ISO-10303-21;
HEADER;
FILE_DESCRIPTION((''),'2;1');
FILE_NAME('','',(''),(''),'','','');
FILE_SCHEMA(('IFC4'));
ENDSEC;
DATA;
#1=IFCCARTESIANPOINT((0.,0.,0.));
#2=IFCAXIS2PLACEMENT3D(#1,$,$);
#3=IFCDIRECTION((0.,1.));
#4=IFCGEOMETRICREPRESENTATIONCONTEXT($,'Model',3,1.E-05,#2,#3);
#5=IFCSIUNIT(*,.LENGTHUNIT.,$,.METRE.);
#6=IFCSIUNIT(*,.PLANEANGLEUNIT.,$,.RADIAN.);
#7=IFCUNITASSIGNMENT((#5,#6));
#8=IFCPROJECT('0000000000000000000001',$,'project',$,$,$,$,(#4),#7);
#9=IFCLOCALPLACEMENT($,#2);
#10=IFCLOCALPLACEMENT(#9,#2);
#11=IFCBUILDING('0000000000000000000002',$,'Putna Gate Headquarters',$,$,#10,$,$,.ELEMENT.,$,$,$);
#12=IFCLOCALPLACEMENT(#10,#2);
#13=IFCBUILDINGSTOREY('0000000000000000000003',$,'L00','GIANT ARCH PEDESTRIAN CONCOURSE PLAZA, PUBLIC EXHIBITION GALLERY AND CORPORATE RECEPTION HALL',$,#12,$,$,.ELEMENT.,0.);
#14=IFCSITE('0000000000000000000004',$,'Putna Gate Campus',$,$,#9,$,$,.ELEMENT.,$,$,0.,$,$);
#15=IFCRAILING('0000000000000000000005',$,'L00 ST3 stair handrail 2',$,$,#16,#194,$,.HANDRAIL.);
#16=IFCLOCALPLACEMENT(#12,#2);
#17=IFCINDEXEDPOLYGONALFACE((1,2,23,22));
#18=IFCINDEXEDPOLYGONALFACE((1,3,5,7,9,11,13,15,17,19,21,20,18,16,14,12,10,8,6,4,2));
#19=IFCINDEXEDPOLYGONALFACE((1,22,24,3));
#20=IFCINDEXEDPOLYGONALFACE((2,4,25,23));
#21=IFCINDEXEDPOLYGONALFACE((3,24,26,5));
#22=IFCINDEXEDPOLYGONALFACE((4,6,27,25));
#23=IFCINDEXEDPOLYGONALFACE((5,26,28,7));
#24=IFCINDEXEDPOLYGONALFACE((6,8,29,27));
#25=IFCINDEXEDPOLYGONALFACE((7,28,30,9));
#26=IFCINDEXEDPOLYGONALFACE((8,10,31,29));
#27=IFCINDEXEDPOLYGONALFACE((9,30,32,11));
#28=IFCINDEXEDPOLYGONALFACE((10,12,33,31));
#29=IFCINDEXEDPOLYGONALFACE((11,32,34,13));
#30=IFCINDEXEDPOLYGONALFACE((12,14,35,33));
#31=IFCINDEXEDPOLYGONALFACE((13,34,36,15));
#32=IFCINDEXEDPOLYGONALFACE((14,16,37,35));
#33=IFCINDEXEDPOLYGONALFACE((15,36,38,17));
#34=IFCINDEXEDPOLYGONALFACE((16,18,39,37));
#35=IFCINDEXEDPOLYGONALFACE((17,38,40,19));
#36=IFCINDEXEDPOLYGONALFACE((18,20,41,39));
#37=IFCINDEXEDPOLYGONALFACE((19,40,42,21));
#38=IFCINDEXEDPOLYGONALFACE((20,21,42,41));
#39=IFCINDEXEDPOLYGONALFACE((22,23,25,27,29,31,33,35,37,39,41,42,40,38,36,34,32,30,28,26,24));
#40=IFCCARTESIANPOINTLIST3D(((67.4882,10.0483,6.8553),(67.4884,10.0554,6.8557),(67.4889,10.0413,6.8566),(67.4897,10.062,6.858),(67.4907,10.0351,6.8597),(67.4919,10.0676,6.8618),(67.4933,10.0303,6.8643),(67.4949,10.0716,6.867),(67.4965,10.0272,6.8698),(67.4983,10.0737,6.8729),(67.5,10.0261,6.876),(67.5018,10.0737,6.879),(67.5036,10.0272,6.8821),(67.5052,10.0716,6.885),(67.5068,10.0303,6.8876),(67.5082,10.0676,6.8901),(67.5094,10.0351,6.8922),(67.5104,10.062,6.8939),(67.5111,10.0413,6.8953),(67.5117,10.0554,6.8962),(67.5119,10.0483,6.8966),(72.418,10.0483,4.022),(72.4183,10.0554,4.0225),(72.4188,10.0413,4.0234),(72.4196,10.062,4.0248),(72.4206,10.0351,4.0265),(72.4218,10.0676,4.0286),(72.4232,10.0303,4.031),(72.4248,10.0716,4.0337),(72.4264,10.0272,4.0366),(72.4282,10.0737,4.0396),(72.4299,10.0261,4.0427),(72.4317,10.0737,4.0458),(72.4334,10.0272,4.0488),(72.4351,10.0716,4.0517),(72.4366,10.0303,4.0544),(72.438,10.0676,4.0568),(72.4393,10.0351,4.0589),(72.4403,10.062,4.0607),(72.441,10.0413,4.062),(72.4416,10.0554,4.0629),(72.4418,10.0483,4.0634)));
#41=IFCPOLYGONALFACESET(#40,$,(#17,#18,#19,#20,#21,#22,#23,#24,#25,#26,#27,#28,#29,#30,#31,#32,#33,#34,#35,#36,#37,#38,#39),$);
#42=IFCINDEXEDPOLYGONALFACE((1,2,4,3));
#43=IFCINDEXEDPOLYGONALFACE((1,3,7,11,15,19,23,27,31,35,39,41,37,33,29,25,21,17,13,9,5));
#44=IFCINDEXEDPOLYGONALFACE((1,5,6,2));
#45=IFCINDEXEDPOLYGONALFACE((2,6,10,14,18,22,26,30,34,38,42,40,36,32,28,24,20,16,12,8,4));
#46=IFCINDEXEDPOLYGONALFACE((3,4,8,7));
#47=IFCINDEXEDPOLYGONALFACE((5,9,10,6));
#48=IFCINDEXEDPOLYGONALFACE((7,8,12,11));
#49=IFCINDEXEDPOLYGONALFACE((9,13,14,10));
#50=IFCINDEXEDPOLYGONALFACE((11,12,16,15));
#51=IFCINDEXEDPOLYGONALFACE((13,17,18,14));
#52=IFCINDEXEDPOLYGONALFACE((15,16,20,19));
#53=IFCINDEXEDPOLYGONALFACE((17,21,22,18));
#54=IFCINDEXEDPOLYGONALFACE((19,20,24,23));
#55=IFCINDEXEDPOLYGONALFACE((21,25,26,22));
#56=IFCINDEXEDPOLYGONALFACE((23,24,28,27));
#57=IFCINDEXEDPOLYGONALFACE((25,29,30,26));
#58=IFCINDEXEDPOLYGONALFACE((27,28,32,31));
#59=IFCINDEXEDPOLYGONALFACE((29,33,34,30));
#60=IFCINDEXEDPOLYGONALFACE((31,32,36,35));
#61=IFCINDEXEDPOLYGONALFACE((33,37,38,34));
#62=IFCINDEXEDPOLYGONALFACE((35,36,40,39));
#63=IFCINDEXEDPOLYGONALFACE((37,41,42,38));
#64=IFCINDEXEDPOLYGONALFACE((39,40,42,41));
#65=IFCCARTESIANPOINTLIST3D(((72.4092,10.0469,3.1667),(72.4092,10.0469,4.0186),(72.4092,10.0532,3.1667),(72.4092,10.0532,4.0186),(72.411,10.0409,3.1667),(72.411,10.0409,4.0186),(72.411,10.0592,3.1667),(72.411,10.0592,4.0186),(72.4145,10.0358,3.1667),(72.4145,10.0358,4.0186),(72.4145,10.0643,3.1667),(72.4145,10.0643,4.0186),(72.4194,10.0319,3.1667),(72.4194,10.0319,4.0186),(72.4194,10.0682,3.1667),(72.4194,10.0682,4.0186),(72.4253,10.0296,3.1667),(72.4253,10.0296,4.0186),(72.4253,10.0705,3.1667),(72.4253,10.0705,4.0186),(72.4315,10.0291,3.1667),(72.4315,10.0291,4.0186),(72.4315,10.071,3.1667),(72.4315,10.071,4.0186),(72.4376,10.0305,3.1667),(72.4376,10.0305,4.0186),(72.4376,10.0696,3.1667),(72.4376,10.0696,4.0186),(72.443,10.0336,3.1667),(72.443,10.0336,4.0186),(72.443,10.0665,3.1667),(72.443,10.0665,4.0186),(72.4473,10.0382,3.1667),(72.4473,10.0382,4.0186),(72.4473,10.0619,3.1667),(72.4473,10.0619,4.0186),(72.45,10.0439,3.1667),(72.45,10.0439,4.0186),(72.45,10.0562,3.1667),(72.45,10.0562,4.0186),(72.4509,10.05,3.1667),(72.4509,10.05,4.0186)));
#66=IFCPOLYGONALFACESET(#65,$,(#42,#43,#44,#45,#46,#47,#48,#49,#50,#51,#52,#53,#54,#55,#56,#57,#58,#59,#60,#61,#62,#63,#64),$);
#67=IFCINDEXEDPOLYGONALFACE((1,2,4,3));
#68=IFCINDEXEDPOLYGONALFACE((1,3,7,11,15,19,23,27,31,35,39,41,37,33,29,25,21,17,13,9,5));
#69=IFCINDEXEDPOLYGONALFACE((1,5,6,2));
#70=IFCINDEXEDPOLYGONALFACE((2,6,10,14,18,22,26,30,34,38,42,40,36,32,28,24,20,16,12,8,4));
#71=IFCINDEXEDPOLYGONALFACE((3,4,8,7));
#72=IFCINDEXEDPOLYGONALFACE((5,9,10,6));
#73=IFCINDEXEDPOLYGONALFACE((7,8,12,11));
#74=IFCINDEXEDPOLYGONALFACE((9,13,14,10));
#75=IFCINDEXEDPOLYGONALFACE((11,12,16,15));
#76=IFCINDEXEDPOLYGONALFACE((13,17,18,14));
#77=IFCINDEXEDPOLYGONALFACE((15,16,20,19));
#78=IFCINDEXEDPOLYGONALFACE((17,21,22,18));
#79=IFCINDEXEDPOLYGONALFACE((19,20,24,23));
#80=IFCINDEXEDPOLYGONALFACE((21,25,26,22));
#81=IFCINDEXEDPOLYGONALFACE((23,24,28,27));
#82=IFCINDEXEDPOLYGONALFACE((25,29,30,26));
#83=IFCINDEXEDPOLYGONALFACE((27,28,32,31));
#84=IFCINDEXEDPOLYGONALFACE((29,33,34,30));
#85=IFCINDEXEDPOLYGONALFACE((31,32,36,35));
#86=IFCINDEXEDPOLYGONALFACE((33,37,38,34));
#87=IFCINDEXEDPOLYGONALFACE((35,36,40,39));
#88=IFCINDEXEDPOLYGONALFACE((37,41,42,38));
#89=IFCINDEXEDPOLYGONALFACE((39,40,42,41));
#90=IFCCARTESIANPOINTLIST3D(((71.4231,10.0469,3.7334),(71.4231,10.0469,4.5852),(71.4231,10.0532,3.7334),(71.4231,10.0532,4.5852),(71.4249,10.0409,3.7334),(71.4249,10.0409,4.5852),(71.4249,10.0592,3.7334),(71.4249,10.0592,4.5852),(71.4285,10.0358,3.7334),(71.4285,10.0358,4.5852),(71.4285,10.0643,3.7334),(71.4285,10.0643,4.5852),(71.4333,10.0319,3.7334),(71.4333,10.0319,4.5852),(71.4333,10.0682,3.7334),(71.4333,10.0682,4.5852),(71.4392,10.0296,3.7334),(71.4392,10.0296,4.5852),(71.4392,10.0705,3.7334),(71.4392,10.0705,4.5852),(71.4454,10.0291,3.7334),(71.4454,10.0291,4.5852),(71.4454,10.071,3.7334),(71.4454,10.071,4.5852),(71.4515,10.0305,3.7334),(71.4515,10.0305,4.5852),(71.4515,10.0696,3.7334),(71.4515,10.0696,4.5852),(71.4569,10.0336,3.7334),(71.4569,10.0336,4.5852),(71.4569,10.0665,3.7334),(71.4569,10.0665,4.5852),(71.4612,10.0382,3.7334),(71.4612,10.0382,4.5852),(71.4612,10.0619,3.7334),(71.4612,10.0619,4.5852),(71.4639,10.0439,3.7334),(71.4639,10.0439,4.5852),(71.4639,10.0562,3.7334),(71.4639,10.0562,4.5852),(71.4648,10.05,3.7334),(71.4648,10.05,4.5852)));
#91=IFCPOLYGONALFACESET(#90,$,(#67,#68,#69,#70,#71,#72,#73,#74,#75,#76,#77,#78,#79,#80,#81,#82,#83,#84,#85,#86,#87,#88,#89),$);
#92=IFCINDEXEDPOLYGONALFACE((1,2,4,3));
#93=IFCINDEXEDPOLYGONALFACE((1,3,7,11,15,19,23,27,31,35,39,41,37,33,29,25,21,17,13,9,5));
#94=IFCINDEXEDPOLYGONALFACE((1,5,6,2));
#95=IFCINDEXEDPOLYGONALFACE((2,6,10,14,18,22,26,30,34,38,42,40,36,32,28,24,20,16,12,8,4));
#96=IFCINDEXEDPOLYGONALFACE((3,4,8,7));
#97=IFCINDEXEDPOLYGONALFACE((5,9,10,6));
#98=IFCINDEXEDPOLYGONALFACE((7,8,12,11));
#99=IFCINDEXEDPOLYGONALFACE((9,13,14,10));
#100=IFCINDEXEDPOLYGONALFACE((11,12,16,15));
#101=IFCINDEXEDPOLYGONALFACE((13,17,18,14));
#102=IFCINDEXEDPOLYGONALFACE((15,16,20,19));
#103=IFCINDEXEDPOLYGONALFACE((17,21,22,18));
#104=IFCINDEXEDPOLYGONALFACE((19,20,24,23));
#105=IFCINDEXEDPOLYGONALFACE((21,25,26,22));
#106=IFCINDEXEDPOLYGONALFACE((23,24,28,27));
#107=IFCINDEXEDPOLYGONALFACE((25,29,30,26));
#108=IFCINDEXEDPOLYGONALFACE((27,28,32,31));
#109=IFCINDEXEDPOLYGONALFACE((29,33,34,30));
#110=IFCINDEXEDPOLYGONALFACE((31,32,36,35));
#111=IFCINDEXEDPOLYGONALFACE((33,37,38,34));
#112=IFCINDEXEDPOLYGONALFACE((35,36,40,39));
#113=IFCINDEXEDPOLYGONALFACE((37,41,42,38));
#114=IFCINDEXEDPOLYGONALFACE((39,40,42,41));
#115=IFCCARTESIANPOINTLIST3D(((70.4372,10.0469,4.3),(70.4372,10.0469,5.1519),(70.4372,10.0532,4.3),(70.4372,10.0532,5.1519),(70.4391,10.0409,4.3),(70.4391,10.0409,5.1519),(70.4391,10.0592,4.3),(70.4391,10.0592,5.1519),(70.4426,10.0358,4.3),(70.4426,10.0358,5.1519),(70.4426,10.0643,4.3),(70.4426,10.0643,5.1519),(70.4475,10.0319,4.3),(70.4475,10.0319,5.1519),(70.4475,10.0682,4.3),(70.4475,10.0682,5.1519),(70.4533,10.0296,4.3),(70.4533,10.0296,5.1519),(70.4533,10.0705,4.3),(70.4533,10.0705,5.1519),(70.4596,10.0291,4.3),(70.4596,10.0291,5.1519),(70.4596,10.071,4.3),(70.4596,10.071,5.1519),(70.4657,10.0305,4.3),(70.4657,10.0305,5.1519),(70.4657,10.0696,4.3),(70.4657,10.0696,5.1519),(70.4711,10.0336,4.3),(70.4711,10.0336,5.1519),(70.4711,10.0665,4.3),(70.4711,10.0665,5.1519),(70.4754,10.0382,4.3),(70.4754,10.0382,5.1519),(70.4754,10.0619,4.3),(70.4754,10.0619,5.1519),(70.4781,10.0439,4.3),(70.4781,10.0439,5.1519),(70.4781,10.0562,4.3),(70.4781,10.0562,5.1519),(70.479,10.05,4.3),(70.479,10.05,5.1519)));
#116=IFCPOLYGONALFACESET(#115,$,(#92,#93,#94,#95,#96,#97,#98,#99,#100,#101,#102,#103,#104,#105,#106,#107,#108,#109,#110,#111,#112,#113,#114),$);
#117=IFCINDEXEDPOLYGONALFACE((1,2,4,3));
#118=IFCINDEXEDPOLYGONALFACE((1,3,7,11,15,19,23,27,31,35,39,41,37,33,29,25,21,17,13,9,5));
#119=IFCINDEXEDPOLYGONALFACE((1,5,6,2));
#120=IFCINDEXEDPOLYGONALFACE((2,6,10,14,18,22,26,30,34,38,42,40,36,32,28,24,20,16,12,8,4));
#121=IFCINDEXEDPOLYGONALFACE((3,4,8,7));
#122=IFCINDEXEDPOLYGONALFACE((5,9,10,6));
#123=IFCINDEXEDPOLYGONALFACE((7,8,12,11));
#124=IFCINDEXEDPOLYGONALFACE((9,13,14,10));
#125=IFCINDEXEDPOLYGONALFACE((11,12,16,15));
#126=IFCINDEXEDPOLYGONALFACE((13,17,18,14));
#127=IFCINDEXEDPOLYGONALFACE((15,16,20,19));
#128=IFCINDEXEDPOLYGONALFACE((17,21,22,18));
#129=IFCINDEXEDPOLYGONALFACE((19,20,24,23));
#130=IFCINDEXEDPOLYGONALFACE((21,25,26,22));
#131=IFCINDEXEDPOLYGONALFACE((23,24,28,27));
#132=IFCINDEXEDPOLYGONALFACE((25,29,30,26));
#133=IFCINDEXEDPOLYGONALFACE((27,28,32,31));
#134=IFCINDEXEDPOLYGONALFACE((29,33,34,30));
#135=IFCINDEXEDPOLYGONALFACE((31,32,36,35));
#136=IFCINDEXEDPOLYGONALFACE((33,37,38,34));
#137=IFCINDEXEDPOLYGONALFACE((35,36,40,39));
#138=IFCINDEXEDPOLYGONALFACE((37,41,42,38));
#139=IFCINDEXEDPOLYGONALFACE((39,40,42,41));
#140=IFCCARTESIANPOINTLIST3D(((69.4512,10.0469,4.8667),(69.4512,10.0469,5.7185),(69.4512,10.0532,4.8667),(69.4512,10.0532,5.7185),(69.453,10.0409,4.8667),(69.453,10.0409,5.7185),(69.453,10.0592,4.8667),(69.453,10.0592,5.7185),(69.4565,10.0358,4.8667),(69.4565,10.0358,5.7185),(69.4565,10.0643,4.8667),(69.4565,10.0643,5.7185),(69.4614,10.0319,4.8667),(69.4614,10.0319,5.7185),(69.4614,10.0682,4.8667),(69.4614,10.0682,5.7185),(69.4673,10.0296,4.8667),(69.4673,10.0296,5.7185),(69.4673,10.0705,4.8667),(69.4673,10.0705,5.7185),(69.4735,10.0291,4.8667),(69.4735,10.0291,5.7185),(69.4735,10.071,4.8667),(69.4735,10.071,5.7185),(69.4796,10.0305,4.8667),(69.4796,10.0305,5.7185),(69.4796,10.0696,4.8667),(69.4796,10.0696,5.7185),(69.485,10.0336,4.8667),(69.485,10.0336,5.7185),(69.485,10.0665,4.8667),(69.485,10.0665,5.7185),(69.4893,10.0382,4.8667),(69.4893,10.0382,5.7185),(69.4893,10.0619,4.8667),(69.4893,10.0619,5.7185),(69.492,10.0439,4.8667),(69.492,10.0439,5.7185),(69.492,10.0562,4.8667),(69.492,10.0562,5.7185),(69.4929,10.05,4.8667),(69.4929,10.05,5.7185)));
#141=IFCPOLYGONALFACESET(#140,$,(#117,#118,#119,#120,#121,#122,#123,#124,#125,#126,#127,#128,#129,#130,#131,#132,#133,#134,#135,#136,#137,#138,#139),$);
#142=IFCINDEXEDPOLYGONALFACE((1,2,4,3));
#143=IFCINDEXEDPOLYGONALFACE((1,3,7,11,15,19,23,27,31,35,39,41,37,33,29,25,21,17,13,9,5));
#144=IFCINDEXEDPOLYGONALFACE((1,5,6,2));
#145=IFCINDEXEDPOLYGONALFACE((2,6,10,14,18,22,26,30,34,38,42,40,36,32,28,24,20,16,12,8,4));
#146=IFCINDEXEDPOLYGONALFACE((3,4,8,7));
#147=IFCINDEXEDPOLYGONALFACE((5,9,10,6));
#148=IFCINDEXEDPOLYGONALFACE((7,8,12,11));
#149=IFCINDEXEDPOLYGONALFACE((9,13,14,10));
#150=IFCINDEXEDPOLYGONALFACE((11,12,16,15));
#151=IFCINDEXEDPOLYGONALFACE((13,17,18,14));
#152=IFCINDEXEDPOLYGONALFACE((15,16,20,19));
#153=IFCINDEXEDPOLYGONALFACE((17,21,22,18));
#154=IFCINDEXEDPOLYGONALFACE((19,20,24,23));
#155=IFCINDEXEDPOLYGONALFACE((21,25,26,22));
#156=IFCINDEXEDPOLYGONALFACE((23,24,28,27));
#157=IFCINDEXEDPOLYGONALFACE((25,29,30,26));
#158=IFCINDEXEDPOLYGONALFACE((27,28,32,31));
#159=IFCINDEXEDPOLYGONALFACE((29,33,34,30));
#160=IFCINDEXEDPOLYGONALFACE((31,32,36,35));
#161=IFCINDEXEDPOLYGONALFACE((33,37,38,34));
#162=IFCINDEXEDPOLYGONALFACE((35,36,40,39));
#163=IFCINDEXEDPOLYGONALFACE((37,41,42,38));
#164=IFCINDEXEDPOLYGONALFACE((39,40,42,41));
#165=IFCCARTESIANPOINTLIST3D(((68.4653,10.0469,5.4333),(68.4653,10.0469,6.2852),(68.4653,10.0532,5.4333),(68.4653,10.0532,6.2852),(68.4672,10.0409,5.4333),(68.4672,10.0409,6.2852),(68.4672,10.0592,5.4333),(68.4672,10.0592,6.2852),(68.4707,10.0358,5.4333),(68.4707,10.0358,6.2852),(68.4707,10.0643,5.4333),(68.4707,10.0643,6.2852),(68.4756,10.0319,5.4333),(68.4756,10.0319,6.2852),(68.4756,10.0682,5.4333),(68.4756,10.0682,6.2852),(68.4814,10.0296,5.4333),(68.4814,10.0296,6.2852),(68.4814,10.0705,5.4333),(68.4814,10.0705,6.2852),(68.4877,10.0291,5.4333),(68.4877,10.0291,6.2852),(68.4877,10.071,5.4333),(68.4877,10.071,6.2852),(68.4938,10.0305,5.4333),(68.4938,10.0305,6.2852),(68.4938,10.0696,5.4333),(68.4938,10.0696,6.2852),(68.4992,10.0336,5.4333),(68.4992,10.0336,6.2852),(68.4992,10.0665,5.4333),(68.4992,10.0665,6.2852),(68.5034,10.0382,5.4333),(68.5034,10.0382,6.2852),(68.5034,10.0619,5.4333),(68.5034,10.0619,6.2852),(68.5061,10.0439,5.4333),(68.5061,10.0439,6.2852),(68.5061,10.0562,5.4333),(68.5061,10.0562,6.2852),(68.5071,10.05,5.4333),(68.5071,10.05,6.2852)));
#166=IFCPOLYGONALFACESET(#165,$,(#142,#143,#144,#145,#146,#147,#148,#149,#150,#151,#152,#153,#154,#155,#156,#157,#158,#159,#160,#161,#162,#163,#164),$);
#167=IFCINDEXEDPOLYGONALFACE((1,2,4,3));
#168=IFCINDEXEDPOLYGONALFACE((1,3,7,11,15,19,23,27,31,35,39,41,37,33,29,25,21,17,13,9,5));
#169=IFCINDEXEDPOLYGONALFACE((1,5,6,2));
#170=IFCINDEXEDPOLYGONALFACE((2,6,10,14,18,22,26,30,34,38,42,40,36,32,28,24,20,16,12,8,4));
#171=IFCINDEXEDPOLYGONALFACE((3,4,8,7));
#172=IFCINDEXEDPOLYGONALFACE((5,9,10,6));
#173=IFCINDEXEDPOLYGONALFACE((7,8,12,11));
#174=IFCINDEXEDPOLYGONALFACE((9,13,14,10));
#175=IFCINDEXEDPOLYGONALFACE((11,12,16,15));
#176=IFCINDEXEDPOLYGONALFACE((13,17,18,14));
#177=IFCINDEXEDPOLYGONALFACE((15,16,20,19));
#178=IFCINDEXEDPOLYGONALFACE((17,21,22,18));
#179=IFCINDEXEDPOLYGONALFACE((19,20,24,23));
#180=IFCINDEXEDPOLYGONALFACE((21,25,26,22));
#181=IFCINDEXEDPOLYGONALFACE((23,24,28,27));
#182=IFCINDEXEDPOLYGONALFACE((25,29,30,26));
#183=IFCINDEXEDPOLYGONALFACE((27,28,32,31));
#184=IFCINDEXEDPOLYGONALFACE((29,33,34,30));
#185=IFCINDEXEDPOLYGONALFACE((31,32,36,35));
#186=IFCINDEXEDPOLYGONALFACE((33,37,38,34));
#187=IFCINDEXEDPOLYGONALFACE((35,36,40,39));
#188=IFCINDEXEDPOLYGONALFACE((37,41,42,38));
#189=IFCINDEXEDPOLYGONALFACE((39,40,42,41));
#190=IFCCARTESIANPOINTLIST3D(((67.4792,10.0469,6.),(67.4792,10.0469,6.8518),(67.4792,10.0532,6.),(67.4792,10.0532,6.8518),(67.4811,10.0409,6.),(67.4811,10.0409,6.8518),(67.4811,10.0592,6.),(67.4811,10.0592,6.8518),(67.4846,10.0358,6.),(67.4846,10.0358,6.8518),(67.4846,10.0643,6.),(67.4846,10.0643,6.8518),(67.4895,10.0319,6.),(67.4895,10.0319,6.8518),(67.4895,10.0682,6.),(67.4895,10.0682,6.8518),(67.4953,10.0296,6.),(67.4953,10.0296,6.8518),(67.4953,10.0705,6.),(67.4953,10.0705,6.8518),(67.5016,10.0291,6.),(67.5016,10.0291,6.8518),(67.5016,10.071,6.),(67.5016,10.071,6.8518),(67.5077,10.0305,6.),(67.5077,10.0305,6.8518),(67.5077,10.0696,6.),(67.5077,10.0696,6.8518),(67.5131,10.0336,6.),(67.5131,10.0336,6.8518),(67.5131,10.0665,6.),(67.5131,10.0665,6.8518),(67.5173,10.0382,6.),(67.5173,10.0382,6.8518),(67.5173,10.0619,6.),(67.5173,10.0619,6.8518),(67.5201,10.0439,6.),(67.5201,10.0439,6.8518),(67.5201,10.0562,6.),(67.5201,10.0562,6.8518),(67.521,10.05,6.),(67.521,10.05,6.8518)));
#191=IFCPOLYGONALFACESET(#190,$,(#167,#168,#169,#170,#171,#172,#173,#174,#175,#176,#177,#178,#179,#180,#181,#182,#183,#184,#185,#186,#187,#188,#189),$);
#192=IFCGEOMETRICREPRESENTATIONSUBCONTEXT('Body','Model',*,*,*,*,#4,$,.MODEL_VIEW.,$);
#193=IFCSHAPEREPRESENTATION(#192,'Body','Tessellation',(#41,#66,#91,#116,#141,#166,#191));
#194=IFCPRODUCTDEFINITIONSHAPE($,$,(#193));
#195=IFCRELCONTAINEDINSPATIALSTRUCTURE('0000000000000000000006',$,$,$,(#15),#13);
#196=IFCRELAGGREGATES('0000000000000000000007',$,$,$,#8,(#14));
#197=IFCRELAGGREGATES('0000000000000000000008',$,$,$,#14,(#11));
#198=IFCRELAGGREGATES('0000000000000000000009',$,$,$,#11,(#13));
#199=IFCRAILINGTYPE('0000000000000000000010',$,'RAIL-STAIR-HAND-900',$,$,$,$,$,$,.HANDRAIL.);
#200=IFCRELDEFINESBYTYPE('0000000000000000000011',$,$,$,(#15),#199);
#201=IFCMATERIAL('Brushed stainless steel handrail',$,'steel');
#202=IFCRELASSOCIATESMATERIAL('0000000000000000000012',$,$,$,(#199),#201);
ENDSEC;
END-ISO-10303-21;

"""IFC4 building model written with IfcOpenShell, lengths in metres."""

from ifc_helpers import new_model, si_unit, direction, frame, origin, origin_2d, place, context, subcontext, project, spatial, circle, extrude, material, type_object, element, save


model = new_model("IFC4")

# Units and contexts
model_context = context("Model", 3, precision=1e-05, world=origin(), true_north=direction((0.0, 1.0)))
body_context = subcontext(model_context, "Body", "Model", "MODEL_VIEW")
ifc_project = project(units=[si_unit("LENGTHUNIT", "METRE"), si_unit("PLANEANGLEUNIT", "RADIAN")], contexts=[model_context])

# Site, building, storey
site_placement = place(None, origin())
site = spatial("IfcSite", under=ifc_project, at=site_placement, Name="Putna Gate Campus", CompositionType="ELEMENT", RefElevation=0.0)
building_placement = place(site_placement, origin())
building = spatial("IfcBuilding", under=site, at=building_placement, Name="Putna Gate Headquarters", CompositionType="ELEMENT")
storey_placement = place(building_placement, origin())
storey = spatial("IfcBuildingStorey", under=building, at=storey_placement, Name="L00", Description="GIANT ARCH PEDESTRIAN CONCOURSE PLAZA, PUBLIC EXHIBITION GALLERY AND CORPORATE RECEPTION HALL", CompositionType="ELEMENT", Elevation=0.0)

# Railing
ifc_material_1 = material(Name="Brushed stainless steel handrail", Category="steel")
railing_type_1 = type_object("IfcRailingType", Name="RAIL-STAIR-HAND-900", PredefinedType="HANDRAIL", material=ifc_material_1)
railing_1_placement = place(storey_placement, frame((72.4299, 10.05, 3.1667)))
element("IfcRailing", 1, at=railing_1_placement, inside=storey, type_object=railing_type_1, Name="L00 ST3 stair handrail 2", PredefinedType="HANDRAIL", context=body_context, shape_type="SweptSolid", body=[
    extrude(circle(Radius=0.0239, at=origin_2d()), frame((0.0, 0.0, 0.876), z_axis=(-0.867017, 0.0, 0.498278), x_axis=(0.0, -1.0, 0.0)), (0.0, 0.0, 1.0), 5.686),
    extrude(circle(Radius=0.021, at=origin_2d()), origin(), (0.0, 0.0, 1.0), 0.8518),
    extrude(circle(Radius=0.021, at=origin_2d()), frame((-0.9861, 0.0, 0.5667)), (0.0, 0.0, 1.0), 0.8518),
    extrude(circle(Radius=0.021, at=origin_2d()), frame((-1.9719, 0.0, 1.1333)), (0.0, 0.0, 1.0), 0.8518),
    extrude(circle(Radius=0.021, at=origin_2d()), frame((-2.958, 0.0, 1.7)), (0.0, 0.0, 1.0), 0.8518),
    extrude(circle(Radius=0.021, at=origin_2d()), frame((-3.9438, 0.0, 2.2666)), (0.0, 0.0, 1.0), 0.8518),
    extrude(circle(Radius=0.021, at=origin_2d()), frame((-4.9299, 0.0, 2.8333)), (0.0, 0.0, 1.0), 0.8518),
])

save(model, "model.ifc")
